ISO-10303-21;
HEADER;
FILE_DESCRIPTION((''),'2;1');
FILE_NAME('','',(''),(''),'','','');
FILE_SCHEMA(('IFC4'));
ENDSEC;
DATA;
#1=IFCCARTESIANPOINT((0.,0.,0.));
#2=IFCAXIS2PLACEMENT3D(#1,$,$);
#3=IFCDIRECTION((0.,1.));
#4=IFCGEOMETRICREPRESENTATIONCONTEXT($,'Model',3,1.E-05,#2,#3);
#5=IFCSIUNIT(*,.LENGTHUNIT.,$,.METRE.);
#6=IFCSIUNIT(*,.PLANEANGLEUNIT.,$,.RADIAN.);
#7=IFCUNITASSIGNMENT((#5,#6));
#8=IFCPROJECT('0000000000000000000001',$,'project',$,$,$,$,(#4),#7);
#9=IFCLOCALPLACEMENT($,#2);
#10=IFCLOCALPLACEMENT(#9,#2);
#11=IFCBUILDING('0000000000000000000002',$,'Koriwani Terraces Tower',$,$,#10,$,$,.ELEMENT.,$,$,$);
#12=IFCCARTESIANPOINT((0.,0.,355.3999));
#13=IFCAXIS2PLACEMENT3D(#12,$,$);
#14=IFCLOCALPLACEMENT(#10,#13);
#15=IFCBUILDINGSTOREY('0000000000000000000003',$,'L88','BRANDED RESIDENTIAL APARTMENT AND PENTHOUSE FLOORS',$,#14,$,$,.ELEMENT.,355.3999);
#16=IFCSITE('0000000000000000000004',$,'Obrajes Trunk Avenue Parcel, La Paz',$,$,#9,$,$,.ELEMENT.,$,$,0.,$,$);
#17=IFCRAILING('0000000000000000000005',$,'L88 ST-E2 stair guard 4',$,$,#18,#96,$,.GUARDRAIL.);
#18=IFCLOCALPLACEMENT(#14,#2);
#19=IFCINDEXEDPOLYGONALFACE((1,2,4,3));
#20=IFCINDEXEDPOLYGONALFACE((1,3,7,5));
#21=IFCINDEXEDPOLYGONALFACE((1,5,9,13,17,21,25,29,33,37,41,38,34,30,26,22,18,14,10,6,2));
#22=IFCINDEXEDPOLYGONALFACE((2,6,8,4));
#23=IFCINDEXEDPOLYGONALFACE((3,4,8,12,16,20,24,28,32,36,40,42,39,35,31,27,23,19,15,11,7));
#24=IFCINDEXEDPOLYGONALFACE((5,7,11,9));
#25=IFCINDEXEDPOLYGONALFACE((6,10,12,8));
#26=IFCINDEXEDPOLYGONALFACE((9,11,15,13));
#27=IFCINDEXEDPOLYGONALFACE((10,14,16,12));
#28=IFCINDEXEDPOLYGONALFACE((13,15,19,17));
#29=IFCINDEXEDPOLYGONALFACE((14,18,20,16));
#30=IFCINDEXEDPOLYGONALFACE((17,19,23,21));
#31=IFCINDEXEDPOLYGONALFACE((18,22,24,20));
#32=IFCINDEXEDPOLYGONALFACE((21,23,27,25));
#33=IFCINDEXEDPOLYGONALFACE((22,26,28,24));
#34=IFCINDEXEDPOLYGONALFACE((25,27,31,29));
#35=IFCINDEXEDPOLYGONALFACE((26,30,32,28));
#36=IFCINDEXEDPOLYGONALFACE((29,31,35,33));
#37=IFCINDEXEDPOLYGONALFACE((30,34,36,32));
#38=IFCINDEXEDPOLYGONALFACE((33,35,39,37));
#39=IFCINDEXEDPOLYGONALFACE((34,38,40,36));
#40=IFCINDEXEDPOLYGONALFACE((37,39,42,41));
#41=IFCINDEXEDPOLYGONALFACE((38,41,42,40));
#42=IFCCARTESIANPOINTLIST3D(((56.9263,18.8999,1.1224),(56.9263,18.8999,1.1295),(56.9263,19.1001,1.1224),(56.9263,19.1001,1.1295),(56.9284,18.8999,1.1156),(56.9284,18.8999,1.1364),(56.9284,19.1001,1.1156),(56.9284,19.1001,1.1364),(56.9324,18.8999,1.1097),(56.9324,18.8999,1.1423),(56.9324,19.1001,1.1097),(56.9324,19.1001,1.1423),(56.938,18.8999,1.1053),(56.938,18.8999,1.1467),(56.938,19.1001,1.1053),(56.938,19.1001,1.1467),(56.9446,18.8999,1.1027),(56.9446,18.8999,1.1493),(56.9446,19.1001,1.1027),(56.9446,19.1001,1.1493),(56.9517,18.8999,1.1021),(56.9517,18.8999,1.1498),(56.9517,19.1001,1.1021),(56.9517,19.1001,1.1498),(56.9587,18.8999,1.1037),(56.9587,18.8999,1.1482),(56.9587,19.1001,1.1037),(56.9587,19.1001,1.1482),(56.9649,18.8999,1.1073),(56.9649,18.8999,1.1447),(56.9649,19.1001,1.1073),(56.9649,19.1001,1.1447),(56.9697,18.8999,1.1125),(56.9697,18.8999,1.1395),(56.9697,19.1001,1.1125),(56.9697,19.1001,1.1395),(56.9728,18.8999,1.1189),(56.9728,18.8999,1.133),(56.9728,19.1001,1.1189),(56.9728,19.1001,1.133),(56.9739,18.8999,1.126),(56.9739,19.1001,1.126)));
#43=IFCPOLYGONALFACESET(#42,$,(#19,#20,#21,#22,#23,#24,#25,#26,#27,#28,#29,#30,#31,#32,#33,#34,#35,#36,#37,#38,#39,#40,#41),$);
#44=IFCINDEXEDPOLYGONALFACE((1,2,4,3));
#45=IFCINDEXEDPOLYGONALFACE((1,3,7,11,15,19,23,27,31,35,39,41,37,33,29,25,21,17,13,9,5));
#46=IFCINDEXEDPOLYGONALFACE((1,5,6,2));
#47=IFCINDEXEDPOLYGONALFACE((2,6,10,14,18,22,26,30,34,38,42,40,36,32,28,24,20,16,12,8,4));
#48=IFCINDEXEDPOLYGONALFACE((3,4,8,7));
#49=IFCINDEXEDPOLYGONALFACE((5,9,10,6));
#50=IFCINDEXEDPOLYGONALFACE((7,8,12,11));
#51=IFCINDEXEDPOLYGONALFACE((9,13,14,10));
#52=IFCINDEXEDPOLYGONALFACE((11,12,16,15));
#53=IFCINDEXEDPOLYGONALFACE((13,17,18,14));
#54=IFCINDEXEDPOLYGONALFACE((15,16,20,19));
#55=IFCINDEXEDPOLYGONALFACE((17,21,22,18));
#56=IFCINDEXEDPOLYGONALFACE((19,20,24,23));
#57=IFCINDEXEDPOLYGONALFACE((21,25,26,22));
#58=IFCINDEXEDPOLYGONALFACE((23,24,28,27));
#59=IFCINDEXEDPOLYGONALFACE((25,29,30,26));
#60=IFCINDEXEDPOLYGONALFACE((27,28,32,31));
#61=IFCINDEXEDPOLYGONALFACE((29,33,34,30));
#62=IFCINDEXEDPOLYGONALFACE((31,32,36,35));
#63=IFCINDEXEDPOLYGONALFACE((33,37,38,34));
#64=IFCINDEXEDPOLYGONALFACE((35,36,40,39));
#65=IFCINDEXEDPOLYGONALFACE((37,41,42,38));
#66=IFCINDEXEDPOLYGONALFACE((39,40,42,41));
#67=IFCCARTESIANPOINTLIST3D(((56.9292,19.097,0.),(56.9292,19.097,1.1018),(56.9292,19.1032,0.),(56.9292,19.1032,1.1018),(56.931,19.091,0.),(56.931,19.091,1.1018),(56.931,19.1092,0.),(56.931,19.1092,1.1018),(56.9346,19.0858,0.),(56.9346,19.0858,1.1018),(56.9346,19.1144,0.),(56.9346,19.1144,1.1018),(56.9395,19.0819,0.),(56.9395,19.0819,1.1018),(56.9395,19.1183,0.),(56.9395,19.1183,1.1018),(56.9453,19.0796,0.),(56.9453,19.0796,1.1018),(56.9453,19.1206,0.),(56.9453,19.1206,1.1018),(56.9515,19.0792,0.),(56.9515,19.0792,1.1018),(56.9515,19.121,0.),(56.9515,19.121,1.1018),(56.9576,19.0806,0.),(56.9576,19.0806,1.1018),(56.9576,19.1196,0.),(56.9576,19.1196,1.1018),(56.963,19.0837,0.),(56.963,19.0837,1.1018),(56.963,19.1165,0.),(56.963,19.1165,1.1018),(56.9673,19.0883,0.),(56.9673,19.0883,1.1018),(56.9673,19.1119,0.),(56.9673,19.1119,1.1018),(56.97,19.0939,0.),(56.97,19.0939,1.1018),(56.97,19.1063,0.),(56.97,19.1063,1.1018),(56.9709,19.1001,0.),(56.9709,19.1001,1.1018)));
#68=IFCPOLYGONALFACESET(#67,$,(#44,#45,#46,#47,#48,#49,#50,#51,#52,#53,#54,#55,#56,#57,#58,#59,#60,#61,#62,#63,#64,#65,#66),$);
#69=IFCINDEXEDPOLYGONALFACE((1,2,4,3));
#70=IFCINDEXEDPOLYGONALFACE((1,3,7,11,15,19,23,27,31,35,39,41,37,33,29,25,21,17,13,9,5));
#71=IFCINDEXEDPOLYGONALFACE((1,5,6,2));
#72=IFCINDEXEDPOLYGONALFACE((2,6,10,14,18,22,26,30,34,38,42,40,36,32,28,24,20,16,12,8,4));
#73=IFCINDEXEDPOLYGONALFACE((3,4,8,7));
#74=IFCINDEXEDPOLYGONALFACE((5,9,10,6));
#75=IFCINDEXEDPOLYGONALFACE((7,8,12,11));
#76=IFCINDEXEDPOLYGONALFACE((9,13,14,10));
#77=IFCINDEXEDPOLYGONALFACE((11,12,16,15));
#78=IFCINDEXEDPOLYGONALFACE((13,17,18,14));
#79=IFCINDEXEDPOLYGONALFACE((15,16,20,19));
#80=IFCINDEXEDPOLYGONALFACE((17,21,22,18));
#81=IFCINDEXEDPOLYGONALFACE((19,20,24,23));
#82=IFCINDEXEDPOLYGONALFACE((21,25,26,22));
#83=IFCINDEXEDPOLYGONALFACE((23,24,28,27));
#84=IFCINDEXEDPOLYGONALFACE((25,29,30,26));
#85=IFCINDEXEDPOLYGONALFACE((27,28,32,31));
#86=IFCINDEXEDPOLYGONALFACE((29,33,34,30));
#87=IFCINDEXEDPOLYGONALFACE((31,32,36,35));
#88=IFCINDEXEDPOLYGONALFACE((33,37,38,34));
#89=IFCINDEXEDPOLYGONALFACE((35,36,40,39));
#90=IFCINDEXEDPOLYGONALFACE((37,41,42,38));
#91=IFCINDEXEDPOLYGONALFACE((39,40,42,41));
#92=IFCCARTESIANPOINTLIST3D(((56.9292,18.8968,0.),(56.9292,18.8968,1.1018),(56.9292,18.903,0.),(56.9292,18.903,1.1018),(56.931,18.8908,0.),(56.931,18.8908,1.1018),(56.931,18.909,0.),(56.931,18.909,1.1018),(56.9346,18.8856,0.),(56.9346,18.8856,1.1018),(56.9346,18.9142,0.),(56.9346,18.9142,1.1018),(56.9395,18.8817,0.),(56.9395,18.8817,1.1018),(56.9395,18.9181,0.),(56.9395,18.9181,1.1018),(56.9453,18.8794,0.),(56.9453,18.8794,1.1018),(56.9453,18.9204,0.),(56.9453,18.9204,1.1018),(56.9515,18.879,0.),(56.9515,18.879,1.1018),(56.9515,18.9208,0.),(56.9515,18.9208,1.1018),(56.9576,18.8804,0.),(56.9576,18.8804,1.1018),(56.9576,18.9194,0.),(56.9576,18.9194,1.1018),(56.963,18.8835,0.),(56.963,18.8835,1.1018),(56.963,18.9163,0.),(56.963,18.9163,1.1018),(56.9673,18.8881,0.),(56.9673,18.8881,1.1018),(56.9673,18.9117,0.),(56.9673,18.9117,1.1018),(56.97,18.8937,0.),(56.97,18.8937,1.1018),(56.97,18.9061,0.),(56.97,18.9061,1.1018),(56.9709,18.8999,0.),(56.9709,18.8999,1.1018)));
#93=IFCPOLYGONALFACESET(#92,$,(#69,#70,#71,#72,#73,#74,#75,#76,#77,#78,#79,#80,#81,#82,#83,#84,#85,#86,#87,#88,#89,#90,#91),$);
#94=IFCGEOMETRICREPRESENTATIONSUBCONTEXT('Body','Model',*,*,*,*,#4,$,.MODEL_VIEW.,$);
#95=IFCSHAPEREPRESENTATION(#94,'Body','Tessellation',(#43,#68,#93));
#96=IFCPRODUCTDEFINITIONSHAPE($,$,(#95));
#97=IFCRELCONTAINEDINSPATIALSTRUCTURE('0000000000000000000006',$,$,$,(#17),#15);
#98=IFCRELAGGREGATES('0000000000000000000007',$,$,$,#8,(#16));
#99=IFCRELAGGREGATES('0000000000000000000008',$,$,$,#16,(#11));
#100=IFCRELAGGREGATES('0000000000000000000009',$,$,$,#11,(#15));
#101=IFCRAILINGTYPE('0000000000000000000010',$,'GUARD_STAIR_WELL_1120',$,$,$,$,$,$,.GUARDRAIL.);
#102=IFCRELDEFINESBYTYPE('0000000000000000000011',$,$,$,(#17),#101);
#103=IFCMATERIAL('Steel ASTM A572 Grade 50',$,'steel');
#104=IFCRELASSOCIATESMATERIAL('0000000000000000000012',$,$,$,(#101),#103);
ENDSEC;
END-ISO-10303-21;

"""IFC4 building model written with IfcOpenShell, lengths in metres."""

from ifc_helpers import new_model, si_unit, direction, frame, origin, origin_2d, place, context, subcontext, project, spatial, circle, extrude, material, type_object, element, save


model = new_model("IFC4")

# Units and contexts
model_context = context("Model", 3, precision=1e-05, world=origin(), true_north=direction((0.0, 1.0)))
body_context = subcontext(model_context, "Body", "Model", "MODEL_VIEW")
ifc_project = project(units=[si_unit("LENGTHUNIT", "METRE"), si_unit("PLANEANGLEUNIT", "RADIAN")], contexts=[model_context])

# Site, building, storey
site_placement = place(None, origin())
site = spatial("IfcSite", under=ifc_project, at=site_placement, Name="Obrajes Trunk Avenue Parcel, La Paz", CompositionType="ELEMENT", RefElevation=0.0)
building_placement = place(site_placement, origin())
building = spatial("IfcBuilding", under=site, at=building_placement, Name="Koriwani Terraces Tower", CompositionType="ELEMENT")
storey_placement = place(building_placement, frame((0.0, 0.0, 355.3999)))
storey = spatial("IfcBuildingStorey", under=building, at=storey_placement, Name="L88", Description="BRANDED RESIDENTIAL APARTMENT AND PENTHOUSE FLOORS", CompositionType="ELEMENT", Elevation=355.3999)

# Shared definitions
ifc_material_1 = material(Name="Steel ASTM A572 Grade 50", Category="steel")

# Railing
railing_type_1 = type_object("IfcRailingType", Name="GUARD_STAIR_WELL_1120", PredefinedType="GUARDRAIL", material=ifc_material_1)
railing_1_placement = place(storey_placement, frame((56.95, 19.1001, 0.0)))
element("IfcRailing", 1, at=railing_1_placement, inside=storey, type_object=railing_type_1, Name="L88 ST-E2 stair guard 4", PredefinedType="GUARDRAIL", context=body_context, shape_type="SweptSolid", body=[
    extrude(circle(Radius=0.0239, at=origin_2d()), frame((0.0, 0.0, 1.126), z_axis=(0.0, -1.0, 0.0), x_axis=(1.0, 0.0, 0.0)), (0.0, 0.0, 1.0), 0.2002),
    extrude(circle(Radius=0.021, at=origin_2d()), origin(), (0.0, 0.0, 1.0), 1.1018),
    extrude(circle(Radius=0.021, at=origin_2d()), frame((0.0, -0.2002, 0.0)), (0.0, 0.0, 1.0), 1.1018),
])

save(model, "model.ifc")
